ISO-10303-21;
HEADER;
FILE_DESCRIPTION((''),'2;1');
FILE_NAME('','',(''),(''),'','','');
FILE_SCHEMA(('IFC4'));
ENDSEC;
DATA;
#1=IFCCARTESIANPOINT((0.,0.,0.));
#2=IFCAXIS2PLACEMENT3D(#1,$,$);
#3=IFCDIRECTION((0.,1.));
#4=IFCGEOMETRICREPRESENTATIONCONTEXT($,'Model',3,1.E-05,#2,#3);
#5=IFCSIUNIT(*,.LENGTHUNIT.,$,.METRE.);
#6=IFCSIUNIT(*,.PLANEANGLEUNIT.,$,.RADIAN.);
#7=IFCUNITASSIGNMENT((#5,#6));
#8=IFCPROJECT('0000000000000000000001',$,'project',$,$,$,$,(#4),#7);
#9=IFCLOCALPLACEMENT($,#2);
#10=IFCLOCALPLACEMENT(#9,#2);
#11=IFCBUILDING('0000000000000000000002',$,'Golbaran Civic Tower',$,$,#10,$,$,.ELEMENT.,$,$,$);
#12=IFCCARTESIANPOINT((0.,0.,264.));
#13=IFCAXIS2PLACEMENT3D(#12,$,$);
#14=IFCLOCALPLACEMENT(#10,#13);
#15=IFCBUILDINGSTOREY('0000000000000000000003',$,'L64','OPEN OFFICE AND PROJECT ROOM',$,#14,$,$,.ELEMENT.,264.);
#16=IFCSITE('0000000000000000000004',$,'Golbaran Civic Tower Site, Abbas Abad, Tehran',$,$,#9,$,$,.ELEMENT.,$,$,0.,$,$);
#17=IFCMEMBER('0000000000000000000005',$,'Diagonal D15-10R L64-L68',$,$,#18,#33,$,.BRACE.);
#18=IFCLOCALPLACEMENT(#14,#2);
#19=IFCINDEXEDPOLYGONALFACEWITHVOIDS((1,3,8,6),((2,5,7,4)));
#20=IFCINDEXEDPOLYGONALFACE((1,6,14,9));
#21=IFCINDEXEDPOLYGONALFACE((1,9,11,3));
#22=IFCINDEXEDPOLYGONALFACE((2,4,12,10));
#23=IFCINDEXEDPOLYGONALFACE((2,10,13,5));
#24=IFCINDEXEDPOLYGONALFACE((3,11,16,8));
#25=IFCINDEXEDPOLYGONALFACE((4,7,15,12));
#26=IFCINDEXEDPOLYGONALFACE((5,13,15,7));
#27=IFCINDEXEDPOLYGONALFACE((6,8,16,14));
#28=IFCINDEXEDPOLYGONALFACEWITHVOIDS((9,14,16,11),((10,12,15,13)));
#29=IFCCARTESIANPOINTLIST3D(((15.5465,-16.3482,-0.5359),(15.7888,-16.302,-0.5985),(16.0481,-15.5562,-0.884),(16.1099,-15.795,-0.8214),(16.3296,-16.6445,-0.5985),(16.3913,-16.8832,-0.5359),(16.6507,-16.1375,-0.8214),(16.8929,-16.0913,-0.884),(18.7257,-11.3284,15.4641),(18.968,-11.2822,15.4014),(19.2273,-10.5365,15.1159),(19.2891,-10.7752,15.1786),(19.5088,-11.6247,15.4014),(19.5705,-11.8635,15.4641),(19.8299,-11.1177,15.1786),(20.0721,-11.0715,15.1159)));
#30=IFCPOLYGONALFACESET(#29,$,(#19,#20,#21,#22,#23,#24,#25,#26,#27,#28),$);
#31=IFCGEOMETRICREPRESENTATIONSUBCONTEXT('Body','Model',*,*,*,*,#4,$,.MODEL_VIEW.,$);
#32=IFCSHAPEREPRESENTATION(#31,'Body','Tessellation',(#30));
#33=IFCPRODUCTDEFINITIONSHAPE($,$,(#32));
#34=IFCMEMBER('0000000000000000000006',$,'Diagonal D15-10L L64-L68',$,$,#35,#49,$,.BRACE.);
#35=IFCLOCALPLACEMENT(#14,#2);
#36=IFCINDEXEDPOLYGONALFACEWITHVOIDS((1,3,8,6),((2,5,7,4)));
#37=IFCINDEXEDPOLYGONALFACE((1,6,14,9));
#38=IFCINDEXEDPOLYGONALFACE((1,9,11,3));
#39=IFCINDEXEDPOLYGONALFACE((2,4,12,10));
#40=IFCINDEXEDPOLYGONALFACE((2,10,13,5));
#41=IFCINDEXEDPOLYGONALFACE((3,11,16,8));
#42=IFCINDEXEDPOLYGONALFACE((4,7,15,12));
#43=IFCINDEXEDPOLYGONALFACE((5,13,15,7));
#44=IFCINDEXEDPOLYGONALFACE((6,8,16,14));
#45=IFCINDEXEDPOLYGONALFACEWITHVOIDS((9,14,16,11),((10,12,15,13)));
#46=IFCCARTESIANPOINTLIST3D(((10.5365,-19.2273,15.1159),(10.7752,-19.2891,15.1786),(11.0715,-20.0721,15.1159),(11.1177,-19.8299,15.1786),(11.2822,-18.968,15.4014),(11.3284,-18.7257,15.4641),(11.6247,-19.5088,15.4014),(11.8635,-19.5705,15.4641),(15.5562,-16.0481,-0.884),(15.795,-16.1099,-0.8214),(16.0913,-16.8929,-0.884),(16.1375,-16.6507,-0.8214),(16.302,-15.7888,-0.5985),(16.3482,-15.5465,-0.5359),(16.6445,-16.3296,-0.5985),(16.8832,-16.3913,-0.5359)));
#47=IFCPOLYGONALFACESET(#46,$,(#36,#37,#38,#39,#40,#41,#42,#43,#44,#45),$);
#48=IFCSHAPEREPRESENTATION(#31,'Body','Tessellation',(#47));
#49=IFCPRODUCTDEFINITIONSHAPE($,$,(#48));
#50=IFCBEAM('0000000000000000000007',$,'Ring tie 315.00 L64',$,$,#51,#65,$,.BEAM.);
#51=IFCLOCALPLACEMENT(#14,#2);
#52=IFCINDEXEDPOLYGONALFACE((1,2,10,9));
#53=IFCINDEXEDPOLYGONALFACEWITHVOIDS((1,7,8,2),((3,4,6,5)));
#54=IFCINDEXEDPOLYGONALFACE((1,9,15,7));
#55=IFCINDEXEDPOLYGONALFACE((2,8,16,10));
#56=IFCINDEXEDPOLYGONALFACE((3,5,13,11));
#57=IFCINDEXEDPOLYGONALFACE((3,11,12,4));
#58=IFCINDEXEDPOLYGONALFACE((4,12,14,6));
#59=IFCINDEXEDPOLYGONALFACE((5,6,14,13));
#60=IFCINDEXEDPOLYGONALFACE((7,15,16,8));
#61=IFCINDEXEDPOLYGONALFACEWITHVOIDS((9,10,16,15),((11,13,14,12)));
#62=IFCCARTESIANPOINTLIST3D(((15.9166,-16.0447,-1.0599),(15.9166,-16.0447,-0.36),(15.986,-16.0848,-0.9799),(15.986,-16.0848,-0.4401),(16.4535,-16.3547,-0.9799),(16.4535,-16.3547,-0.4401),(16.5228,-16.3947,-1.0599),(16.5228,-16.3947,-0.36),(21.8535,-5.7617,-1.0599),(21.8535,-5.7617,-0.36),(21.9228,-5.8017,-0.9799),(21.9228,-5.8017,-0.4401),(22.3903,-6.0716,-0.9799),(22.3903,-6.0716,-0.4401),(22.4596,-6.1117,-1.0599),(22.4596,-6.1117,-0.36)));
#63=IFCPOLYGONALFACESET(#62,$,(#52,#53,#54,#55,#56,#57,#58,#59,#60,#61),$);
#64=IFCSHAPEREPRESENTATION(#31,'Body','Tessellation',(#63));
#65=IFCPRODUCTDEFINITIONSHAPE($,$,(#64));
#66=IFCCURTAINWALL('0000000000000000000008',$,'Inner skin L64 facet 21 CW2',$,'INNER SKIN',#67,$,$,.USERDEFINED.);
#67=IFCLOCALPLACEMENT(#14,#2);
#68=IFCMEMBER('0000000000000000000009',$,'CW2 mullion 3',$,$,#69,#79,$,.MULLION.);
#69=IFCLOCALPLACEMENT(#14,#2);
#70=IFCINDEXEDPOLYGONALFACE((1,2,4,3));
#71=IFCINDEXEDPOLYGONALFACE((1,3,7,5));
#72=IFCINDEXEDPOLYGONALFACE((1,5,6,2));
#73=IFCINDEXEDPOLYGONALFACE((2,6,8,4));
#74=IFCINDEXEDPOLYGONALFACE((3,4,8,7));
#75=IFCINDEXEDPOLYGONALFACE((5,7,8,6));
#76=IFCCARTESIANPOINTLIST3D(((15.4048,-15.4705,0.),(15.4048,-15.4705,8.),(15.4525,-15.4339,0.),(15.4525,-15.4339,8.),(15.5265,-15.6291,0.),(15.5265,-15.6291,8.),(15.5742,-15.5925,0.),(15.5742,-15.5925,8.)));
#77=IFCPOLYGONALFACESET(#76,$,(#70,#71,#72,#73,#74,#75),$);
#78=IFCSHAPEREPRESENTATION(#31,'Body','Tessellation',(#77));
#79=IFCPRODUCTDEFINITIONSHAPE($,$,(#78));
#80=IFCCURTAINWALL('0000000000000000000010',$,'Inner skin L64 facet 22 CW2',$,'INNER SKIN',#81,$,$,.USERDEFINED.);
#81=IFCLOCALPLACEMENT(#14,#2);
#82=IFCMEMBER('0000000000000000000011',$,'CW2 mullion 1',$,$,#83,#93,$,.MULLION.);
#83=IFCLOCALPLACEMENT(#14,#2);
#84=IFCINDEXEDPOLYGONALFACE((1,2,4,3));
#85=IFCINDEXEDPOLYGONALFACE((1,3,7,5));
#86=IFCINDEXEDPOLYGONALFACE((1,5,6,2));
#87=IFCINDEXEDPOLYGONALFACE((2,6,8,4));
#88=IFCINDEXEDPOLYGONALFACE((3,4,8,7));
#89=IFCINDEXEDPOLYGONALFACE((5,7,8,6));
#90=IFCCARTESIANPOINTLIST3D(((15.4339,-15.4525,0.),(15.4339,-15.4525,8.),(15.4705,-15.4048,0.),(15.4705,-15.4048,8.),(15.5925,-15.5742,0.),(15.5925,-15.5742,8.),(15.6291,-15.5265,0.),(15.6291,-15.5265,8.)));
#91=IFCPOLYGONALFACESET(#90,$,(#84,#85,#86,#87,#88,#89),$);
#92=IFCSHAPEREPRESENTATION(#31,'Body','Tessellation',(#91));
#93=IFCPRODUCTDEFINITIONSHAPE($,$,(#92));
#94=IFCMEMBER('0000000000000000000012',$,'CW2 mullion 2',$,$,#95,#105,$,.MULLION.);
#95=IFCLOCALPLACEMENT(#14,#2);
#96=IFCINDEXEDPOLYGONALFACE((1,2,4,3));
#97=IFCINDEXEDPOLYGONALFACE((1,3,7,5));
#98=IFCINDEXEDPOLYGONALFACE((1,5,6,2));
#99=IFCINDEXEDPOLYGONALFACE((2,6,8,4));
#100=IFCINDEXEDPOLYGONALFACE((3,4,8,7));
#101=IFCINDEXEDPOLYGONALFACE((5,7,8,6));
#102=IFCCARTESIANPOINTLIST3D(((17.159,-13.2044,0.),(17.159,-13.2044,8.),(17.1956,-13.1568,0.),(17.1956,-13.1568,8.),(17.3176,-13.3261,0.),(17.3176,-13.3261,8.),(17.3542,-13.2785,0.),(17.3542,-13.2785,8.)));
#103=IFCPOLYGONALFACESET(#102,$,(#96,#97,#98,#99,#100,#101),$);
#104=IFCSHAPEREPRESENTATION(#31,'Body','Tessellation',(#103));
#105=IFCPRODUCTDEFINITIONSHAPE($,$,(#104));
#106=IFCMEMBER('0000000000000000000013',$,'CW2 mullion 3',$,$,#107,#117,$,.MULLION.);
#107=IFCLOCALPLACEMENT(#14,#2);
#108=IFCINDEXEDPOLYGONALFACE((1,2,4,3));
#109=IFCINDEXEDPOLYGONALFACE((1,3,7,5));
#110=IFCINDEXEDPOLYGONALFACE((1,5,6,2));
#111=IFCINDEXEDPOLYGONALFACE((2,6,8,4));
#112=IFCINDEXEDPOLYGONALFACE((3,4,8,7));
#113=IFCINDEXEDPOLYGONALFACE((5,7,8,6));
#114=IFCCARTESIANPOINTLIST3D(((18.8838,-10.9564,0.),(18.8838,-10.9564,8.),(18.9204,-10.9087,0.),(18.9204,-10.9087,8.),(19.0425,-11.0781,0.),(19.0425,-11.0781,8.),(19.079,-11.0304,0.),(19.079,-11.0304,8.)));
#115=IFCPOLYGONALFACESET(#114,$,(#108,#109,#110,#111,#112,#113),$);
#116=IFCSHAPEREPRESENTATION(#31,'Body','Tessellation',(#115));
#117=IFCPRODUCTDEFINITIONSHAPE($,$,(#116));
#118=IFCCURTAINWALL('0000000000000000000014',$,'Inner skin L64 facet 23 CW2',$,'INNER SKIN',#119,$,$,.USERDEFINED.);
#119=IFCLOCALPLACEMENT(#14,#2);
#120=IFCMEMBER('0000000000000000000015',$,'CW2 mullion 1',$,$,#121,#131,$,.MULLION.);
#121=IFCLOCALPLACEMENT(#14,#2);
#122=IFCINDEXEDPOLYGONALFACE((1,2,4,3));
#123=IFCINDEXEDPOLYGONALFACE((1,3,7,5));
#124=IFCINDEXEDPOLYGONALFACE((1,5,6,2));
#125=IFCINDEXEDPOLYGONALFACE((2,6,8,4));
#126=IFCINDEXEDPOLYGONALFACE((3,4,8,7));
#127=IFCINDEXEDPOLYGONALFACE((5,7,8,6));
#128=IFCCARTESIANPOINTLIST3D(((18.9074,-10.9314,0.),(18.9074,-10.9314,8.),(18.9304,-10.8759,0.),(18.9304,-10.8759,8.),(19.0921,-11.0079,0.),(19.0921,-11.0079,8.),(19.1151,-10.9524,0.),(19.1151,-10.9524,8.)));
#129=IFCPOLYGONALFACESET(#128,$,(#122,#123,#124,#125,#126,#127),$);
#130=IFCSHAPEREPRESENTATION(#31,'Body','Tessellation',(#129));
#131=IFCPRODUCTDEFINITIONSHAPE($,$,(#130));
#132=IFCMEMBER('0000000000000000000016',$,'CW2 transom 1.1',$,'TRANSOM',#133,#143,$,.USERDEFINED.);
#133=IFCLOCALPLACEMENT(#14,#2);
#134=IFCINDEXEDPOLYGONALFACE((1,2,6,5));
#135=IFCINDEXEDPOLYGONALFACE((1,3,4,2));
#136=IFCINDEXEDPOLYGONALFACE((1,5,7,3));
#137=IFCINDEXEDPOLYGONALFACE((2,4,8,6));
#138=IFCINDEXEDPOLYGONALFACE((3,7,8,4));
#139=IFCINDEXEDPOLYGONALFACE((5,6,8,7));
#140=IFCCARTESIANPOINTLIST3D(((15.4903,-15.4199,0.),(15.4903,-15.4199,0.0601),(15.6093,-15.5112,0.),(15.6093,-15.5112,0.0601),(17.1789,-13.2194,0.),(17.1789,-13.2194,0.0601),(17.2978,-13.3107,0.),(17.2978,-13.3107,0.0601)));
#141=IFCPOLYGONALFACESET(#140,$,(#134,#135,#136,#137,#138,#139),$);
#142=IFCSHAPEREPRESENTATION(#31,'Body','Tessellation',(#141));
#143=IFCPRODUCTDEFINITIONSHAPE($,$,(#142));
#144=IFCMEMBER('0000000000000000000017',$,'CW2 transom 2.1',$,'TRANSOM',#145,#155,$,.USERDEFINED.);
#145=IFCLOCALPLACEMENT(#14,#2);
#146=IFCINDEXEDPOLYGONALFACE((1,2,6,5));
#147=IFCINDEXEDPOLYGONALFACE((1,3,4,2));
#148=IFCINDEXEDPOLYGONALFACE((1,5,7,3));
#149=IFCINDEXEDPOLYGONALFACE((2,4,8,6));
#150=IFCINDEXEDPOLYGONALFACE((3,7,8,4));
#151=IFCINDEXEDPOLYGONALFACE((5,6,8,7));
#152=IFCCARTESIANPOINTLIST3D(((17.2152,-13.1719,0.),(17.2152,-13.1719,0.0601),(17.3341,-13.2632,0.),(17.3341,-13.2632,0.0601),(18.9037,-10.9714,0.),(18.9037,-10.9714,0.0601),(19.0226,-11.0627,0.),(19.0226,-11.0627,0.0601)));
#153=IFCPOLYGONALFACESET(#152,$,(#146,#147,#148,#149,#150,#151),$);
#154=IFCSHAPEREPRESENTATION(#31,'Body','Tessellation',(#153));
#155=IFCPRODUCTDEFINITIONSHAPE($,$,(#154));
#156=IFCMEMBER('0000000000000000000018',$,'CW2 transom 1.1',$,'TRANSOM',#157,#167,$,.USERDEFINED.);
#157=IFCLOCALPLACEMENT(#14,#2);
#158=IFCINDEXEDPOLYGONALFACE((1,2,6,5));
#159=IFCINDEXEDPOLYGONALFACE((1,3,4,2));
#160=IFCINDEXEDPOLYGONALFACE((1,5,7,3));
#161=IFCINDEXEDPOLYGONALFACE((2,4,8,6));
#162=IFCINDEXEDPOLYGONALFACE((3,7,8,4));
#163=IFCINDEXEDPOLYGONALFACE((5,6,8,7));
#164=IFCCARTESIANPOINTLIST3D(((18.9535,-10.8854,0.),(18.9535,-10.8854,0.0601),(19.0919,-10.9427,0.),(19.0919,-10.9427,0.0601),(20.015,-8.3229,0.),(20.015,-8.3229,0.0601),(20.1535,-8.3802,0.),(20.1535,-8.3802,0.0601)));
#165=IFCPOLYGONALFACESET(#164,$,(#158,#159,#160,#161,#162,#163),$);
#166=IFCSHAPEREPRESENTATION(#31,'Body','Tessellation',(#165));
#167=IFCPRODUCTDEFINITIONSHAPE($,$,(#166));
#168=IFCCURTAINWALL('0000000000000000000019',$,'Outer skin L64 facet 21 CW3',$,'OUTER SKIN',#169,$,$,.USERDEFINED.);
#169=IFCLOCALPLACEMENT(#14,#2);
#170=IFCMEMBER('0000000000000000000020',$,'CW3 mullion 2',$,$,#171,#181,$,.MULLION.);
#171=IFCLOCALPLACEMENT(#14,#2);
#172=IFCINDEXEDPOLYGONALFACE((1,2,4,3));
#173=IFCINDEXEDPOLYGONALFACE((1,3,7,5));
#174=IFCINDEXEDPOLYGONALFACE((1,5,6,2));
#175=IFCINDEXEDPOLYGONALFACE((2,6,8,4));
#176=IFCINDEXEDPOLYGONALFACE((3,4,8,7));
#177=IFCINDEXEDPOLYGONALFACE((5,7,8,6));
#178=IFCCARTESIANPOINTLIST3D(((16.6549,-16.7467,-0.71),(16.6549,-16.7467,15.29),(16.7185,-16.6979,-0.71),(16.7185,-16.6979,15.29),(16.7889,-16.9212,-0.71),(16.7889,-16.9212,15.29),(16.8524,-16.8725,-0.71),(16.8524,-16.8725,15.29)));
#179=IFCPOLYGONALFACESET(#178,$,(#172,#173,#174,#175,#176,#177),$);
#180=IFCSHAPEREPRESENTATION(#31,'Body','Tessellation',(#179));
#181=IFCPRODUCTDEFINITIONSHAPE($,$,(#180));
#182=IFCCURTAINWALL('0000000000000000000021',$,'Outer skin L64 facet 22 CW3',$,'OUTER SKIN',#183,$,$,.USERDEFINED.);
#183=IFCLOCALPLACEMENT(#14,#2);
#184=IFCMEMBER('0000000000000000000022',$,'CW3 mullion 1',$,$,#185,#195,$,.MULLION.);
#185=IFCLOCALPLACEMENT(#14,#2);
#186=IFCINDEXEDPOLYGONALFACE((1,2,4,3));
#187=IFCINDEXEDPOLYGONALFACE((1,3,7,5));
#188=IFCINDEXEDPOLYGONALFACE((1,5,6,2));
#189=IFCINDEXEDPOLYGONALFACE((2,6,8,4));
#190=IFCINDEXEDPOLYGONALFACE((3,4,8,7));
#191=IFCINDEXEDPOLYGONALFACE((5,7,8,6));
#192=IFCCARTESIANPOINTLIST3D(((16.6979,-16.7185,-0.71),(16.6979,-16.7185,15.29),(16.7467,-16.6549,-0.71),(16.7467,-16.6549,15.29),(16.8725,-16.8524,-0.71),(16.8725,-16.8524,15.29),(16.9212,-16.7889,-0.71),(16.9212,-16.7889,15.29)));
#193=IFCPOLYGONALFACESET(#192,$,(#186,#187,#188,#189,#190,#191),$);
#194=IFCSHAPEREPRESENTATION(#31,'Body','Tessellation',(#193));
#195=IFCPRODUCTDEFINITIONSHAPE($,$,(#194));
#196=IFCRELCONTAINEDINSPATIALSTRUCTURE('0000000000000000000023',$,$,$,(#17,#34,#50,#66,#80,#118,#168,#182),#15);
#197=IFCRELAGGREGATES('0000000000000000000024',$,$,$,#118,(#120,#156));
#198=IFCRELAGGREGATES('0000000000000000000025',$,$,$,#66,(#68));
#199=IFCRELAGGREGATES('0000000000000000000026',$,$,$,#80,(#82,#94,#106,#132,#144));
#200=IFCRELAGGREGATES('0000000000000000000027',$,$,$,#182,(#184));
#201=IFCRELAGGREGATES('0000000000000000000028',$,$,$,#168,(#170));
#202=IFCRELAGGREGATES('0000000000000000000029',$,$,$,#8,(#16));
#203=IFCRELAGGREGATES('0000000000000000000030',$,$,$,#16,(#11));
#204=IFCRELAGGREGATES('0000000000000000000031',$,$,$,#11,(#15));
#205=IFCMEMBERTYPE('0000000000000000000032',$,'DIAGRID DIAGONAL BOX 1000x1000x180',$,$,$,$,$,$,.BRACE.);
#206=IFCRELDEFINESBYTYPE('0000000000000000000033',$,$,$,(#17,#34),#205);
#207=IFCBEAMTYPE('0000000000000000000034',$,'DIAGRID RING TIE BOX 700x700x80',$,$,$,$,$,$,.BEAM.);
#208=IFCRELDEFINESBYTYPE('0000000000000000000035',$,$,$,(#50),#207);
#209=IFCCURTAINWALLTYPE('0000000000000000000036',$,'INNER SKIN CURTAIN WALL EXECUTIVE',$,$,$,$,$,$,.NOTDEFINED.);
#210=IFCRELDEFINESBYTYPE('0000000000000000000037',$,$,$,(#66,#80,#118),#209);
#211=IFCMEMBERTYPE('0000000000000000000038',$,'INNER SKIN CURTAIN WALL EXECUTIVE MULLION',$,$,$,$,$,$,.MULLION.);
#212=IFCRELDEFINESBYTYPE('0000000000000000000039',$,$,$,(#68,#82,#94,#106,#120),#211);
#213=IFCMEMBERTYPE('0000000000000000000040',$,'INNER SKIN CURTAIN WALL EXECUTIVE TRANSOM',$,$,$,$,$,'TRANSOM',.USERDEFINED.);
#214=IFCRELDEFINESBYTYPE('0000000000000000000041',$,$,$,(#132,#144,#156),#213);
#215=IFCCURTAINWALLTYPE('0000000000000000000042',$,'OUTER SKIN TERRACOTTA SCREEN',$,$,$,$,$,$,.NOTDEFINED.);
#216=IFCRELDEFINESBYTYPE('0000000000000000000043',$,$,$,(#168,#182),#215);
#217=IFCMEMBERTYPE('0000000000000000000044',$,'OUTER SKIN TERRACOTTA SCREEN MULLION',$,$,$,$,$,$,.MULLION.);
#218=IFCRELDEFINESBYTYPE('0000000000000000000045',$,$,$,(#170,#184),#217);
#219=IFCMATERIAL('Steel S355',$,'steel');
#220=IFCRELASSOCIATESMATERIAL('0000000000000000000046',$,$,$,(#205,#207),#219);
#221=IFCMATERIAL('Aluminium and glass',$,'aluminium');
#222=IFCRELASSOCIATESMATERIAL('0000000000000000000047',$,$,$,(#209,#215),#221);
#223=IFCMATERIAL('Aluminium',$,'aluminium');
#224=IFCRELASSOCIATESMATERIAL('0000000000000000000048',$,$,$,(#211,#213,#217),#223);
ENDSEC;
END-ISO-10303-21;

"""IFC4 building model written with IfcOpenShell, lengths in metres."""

from ifc_helpers import new_model, si_unit, direction, frame, origin, origin_2d, place, context, subcontext, project, spatial, rectangle, hollow_rectangle, extrude, material, material_profile, profile_set, type_object, element, aggregate, save


model = new_model("IFC4")

# Units and contexts
model_context = context("Model", 3, precision=1e-05, world=origin(), true_north=direction((0.0, 1.0)))
body_context = subcontext(model_context, "Body", "Model", "MODEL_VIEW")
ifc_project = project(units=[si_unit("LENGTHUNIT", "METRE"), si_unit("PLANEANGLEUNIT", "RADIAN")], contexts=[model_context])

# Site, building, storey
site_placement = place(None, origin())
site = spatial("IfcSite", under=ifc_project, at=site_placement, Name="Golbaran Civic Tower Site, Abbas Abad, Tehran", CompositionType="ELEMENT", RefElevation=0.0)
building_placement = place(site_placement, origin())
building = spatial("IfcBuilding", under=site, at=building_placement, Name="Golbaran Civic Tower", CompositionType="ELEMENT")
storey_placement = place(building_placement, frame((0.0, 0.0, 264.0)))
storey = spatial("IfcBuildingStorey", under=building, at=storey_placement, Name="L64", Description="OPEN OFFICE AND PROJECT ROOM", CompositionType="ELEMENT", Elevation=264.0)

# Members
ifc_material_1 = material(Name="Steel S355", Category="steel")
ifc_material_profile_1 = material_profile(ifc_material_1, hollow_rectangle(XDim=1.0, YDim=1.0, WallThickness=0.1799, at=origin_2d()), Name="BOX 1000x1000x180")
ifc_profile_set_1 = profile_set([ifc_material_profile_1], Name="Steel S355")
member_type_1 = type_object("IfcMemberType", Name="DIAGRID DIAGONAL BOX 1000x1000x180", PredefinedType="BRACE", material=ifc_profile_set_1)
for number, where, z_axis, x_axis, name in (
    (1, (16.2197, -16.2197, -0.71), (0.18627, 0.29411, 0.937445), (-0.844818, 0.535053, 0.0), "Diagonal D15-10R L64-L68"),
    (2, (16.2197, -16.2197, -0.71), (-0.29411, -0.18627, 0.937445), (0.535053, -0.844818, 0.0), "Diagonal D15-10L L64-L68"),
):
    element("IfcMember", number, at=place(storey_placement, frame(where, z_axis=z_axis, x_axis=x_axis)), inside=storey, type_object=member_type_1, Name=name, PredefinedType="BRACE", context=body_context, shape_type="SweptSolid", body=[
        extrude(hollow_rectangle(XDim=1.0, YDim=1.0, WallThickness=0.1799, at=origin_2d()), origin(), (0.0, 0.0, 1.0), 17.0676),
    ])

# Beam
ifc_material_profile_2 = material_profile(ifc_material_1, hollow_rectangle(XDim=0.7, YDim=0.7, WallThickness=0.0801, at=origin_2d()), Name="BOX 700x700x80")
ifc_profile_set_2 = profile_set([ifc_material_profile_2], Name="Steel S355")
beam_type = type_object("IfcBeamType", Name="DIAGRID RING TIE BOX 700x700x80", PredefinedType="BEAM", material=ifc_profile_set_2)
beam_placement = place(storey_placement, frame((16.2197, -16.2197, -0.71), z_axis=(0.499994, 0.866029, 0.0), x_axis=(-0.866029, 0.499994, 0.0)))
element("IfcBeam", 3, at=beam_placement, inside=storey, type_object=beam_type, Name="Ring tie 315.00 L64", PredefinedType="BEAM", context=body_context, shape_type="SweptSolid", body=[
    extrude(hollow_rectangle(XDim=0.7, YDim=0.7, WallThickness=0.0801, at=origin_2d()), origin(), (0.0, 0.0, 1.0), 11.8738),
])

# Curtain wall, member
ifc_material_2 = material(Name="Aluminium and glass", Category="aluminium")
curtain_wall_type_1 = type_object("IfcCurtainWallType", Name="INNER SKIN CURTAIN WALL EXECUTIVE", PredefinedType="NOTDEFINED", material=ifc_material_2)
curtain_wall_1_placement = place(storey_placement, origin())
curtain_wall_1 = element("IfcCurtainWall", 4, at=curtain_wall_1_placement, inside=storey, type_object=curtain_wall_type_1, Name="Inner skin L64 facet 21 CW2", ObjectType="INNER SKIN", PredefinedType="USERDEFINED")
ifc_material_3 = material(Name="Aluminium", Category="aluminium")
ifc_material_profile_3 = material_profile(ifc_material_3, rectangle(XDim=0.2, YDim=0.0601, at=origin_2d()), Name="INNER SKIN CURTAIN WALL EXECUTIVE MULLION")
ifc_profile_set_3 = profile_set([ifc_material_profile_3], Name="Aluminium")
member_type_2 = type_object("IfcMemberType", Name="INNER SKIN CURTAIN WALL EXECUTIVE MULLION", PredefinedType="MULLION", material=ifc_profile_set_3)
member_1_placement = place(storey_placement, frame((15.4895, -15.5315, 0.0), z_axis=(0.0, 0.0, 1.0), x_axis=(-0.608761, 0.793353, 0.0)))
member_1 = element("IfcMember", 5, at=member_1_placement, type_object=member_type_2, Name="CW2 mullion 3", PredefinedType="MULLION", context=body_context, shape_type="SweptSolid", body=[
    extrude(rectangle(XDim=0.2, YDim=0.0601, at=origin_2d()), origin(), (0.0, 0.0, 1.0), 8.0),
])

# Curtain wall, members
curtain_wall_2_placement = place(storey_placement, origin())
curtain_wall_2 = element("IfcCurtainWall", 6, at=curtain_wall_2_placement, inside=storey, type_object=curtain_wall_type_1, Name="Inner skin L64 facet 22 CW2", ObjectType="INNER SKIN", PredefinedType="USERDEFINED")
member_2_placement = place(storey_placement, frame((15.5315, -15.4895, 0.0), z_axis=(0.0, 0.0, 1.0), x_axis=(-0.793353, 0.608761, 0.0)))
member_2 = element("IfcMember", 7, at=member_2_placement, type_object=member_type_2, Name="CW2 mullion 1", PredefinedType="MULLION", context=body_context, shape_type="SweptSolid", body=[
    extrude(rectangle(XDim=0.2, YDim=0.0601, at=origin_2d()), origin(), (0.0, 0.0, 1.0), 8.0),
])
member_3_placement = place(storey_placement, frame((17.2566, -13.2415, 0.0), z_axis=(0.0, 0.0, 1.0), x_axis=(-0.793353, 0.608761, 0.0)))
member_3 = element("IfcMember", 8, at=member_3_placement, type_object=member_type_2, Name="CW2 mullion 2", PredefinedType="MULLION", context=body_context, shape_type="SweptSolid", body=[
    extrude(rectangle(XDim=0.2, YDim=0.0601, at=origin_2d()), origin(), (0.0, 0.0, 1.0), 8.0),
])
member_4_placement = place(storey_placement, frame((18.9814, -10.9934, 0.0), z_axis=(0.0, 0.0, 1.0), x_axis=(-0.793353, 0.608761, 0.0)))
member_4 = element("IfcMember", 9, at=member_4_placement, type_object=member_type_2, Name="CW2 mullion 3", PredefinedType="MULLION", context=body_context, shape_type="SweptSolid", body=[
    extrude(rectangle(XDim=0.2, YDim=0.0601, at=origin_2d()), origin(), (0.0, 0.0, 1.0), 8.0),
])

# Curtain wall, member
curtain_wall_3_placement = place(storey_placement, origin())
curtain_wall_3 = element("IfcCurtainWall", 10, at=curtain_wall_3_placement, inside=storey, type_object=curtain_wall_type_1, Name="Inner skin L64 facet 23 CW2", ObjectType="INNER SKIN", PredefinedType="USERDEFINED")
member_5_placement = place(storey_placement, frame((19.0112, -10.9419, 0.0), z_axis=(0.0, 0.0, 1.0), x_axis=(-0.92388, 0.382683, 0.0)))
member_5 = element("IfcMember", 11, at=member_5_placement, type_object=member_type_2, Name="CW2 mullion 1", PredefinedType="MULLION", context=body_context, shape_type="SweptSolid", body=[
    extrude(rectangle(XDim=0.2, YDim=0.0601, at=origin_2d()), origin(), (0.0, 0.0, 1.0), 8.0),
])

# Members
ifc_material_profile_4 = material_profile(ifc_material_3, rectangle(XDim=0.1499, YDim=0.0601, at=origin_2d()), Name="INNER SKIN CURTAIN WALL EXECUTIVE TRANSOM")
ifc_profile_set_4 = profile_set([ifc_material_profile_4], Name="Aluminium")
member_type_3 = type_object("IfcMemberType", Name="INNER SKIN CURTAIN WALL EXECUTIVE TRANSOM", ElementType="TRANSOM", PredefinedType="USERDEFINED", material=ifc_profile_set_4)
member_6_placement = place(storey_placement, frame((15.5498, -15.4656, 0.03), z_axis=(0.608766, 0.79335, 0.0), x_axis=(-0.79335, 0.608766, 0.0)))
member_6 = element("IfcMember", 12, at=member_6_placement, type_object=member_type_3, Name="CW2 transom 1.1", ObjectType="TRANSOM", PredefinedType="USERDEFINED", context=body_context, shape_type="SweptSolid", body=[
    extrude(rectangle(XDim=0.1499, YDim=0.0601, at=origin_2d()), origin(), (0.0, 0.0, 1.0), 2.7737),
])
member_7_placement = place(storey_placement, frame((17.2747, -13.2175, 0.03), z_axis=(0.608766, 0.79335, 0.0), x_axis=(-0.79335, 0.608766, 0.0)))
member_7 = element("IfcMember", 13, at=member_7_placement, type_object=member_type_3, Name="CW2 transom 2.1", ObjectType="TRANSOM", PredefinedType="USERDEFINED", context=body_context, shape_type="SweptSolid", body=[
    extrude(rectangle(XDim=0.1499, YDim=0.0601, at=origin_2d()), origin(), (0.0, 0.0, 1.0), 2.7737),
])
member_8_placement = place(storey_placement, frame((19.0227, -10.9141, 0.03), z_axis=(0.382715, 0.923867, 0.0), x_axis=(-0.923867, 0.382715, 0.0)))
member_8 = element("IfcMember", 14, at=member_8_placement, type_object=member_type_3, Name="CW2 transom 1.1", ObjectType="TRANSOM", PredefinedType="USERDEFINED", context=body_context, shape_type="SweptSolid", body=[
    extrude(rectangle(XDim=0.1499, YDim=0.0601, at=origin_2d()), origin(), (0.0, 0.0, 1.0), 2.7737),
])
aggregate(curtain_wall_3, [member_5, member_8])

# Curtain wall, member
curtain_wall_type_2 = type_object("IfcCurtainWallType", Name="OUTER SKIN TERRACOTTA SCREEN", PredefinedType="NOTDEFINED", material=ifc_material_2)
curtain_wall_4_placement = place(storey_placement, origin())
curtain_wall_4 = element("IfcCurtainWall", 15, at=curtain_wall_4_placement, inside=storey, type_object=curtain_wall_type_2, Name="Outer skin L64 facet 21 CW3", ObjectType="OUTER SKIN", PredefinedType="USERDEFINED")
ifc_material_profile_5 = material_profile(ifc_material_3, rectangle(XDim=0.22, YDim=0.0801, at=origin_2d()), Name="OUTER SKIN TERRACOTTA SCREEN MULLION")
ifc_profile_set_5 = profile_set([ifc_material_profile_5], Name="Aluminium")
member_type_4 = type_object("IfcMemberType", Name="OUTER SKIN TERRACOTTA SCREEN MULLION", PredefinedType="MULLION", material=ifc_profile_set_5)
member_9_placement = place(storey_placement, frame((16.7537, -16.8096, -0.71), z_axis=(0.0, 0.0, 1.0), x_axis=(-0.608761, 0.793353, 0.0)))
member_9 = element("IfcMember", 16, at=member_9_placement, type_object=member_type_4, Name="CW3 mullion 2", PredefinedType="MULLION", context=body_context, shape_type="SweptSolid", body=[
    extrude(rectangle(XDim=0.22, YDim=0.0801, at=origin_2d()), origin(), (0.0, 0.0, 1.0), 16.0),
])

# Curtain wall, member
curtain_wall_5_placement = place(storey_placement, origin())
curtain_wall_5 = element("IfcCurtainWall", 17, at=curtain_wall_5_placement, inside=storey, type_object=curtain_wall_type_2, Name="Outer skin L64 facet 22 CW3", ObjectType="OUTER SKIN", PredefinedType="USERDEFINED")
member_10_placement = place(storey_placement, frame((16.8096, -16.7537, -0.71), z_axis=(0.0, 0.0, 1.0), x_axis=(-0.793353, 0.608761, 0.0)))
member_10 = element("IfcMember", 18, at=member_10_placement, type_object=member_type_4, Name="CW3 mullion 1", PredefinedType="MULLION", context=body_context, shape_type="SweptSolid", body=[
    extrude(rectangle(XDim=0.22, YDim=0.0801, at=origin_2d()), origin(), (0.0, 0.0, 1.0), 16.0),
])

aggregate(curtain_wall_1, [member_1])
aggregate(curtain_wall_2, [member_2, member_3, member_4, member_6, member_7])
aggregate(curtain_wall_5, [member_10])
aggregate(curtain_wall_4, [member_9])

save(model, "model.ifc")
